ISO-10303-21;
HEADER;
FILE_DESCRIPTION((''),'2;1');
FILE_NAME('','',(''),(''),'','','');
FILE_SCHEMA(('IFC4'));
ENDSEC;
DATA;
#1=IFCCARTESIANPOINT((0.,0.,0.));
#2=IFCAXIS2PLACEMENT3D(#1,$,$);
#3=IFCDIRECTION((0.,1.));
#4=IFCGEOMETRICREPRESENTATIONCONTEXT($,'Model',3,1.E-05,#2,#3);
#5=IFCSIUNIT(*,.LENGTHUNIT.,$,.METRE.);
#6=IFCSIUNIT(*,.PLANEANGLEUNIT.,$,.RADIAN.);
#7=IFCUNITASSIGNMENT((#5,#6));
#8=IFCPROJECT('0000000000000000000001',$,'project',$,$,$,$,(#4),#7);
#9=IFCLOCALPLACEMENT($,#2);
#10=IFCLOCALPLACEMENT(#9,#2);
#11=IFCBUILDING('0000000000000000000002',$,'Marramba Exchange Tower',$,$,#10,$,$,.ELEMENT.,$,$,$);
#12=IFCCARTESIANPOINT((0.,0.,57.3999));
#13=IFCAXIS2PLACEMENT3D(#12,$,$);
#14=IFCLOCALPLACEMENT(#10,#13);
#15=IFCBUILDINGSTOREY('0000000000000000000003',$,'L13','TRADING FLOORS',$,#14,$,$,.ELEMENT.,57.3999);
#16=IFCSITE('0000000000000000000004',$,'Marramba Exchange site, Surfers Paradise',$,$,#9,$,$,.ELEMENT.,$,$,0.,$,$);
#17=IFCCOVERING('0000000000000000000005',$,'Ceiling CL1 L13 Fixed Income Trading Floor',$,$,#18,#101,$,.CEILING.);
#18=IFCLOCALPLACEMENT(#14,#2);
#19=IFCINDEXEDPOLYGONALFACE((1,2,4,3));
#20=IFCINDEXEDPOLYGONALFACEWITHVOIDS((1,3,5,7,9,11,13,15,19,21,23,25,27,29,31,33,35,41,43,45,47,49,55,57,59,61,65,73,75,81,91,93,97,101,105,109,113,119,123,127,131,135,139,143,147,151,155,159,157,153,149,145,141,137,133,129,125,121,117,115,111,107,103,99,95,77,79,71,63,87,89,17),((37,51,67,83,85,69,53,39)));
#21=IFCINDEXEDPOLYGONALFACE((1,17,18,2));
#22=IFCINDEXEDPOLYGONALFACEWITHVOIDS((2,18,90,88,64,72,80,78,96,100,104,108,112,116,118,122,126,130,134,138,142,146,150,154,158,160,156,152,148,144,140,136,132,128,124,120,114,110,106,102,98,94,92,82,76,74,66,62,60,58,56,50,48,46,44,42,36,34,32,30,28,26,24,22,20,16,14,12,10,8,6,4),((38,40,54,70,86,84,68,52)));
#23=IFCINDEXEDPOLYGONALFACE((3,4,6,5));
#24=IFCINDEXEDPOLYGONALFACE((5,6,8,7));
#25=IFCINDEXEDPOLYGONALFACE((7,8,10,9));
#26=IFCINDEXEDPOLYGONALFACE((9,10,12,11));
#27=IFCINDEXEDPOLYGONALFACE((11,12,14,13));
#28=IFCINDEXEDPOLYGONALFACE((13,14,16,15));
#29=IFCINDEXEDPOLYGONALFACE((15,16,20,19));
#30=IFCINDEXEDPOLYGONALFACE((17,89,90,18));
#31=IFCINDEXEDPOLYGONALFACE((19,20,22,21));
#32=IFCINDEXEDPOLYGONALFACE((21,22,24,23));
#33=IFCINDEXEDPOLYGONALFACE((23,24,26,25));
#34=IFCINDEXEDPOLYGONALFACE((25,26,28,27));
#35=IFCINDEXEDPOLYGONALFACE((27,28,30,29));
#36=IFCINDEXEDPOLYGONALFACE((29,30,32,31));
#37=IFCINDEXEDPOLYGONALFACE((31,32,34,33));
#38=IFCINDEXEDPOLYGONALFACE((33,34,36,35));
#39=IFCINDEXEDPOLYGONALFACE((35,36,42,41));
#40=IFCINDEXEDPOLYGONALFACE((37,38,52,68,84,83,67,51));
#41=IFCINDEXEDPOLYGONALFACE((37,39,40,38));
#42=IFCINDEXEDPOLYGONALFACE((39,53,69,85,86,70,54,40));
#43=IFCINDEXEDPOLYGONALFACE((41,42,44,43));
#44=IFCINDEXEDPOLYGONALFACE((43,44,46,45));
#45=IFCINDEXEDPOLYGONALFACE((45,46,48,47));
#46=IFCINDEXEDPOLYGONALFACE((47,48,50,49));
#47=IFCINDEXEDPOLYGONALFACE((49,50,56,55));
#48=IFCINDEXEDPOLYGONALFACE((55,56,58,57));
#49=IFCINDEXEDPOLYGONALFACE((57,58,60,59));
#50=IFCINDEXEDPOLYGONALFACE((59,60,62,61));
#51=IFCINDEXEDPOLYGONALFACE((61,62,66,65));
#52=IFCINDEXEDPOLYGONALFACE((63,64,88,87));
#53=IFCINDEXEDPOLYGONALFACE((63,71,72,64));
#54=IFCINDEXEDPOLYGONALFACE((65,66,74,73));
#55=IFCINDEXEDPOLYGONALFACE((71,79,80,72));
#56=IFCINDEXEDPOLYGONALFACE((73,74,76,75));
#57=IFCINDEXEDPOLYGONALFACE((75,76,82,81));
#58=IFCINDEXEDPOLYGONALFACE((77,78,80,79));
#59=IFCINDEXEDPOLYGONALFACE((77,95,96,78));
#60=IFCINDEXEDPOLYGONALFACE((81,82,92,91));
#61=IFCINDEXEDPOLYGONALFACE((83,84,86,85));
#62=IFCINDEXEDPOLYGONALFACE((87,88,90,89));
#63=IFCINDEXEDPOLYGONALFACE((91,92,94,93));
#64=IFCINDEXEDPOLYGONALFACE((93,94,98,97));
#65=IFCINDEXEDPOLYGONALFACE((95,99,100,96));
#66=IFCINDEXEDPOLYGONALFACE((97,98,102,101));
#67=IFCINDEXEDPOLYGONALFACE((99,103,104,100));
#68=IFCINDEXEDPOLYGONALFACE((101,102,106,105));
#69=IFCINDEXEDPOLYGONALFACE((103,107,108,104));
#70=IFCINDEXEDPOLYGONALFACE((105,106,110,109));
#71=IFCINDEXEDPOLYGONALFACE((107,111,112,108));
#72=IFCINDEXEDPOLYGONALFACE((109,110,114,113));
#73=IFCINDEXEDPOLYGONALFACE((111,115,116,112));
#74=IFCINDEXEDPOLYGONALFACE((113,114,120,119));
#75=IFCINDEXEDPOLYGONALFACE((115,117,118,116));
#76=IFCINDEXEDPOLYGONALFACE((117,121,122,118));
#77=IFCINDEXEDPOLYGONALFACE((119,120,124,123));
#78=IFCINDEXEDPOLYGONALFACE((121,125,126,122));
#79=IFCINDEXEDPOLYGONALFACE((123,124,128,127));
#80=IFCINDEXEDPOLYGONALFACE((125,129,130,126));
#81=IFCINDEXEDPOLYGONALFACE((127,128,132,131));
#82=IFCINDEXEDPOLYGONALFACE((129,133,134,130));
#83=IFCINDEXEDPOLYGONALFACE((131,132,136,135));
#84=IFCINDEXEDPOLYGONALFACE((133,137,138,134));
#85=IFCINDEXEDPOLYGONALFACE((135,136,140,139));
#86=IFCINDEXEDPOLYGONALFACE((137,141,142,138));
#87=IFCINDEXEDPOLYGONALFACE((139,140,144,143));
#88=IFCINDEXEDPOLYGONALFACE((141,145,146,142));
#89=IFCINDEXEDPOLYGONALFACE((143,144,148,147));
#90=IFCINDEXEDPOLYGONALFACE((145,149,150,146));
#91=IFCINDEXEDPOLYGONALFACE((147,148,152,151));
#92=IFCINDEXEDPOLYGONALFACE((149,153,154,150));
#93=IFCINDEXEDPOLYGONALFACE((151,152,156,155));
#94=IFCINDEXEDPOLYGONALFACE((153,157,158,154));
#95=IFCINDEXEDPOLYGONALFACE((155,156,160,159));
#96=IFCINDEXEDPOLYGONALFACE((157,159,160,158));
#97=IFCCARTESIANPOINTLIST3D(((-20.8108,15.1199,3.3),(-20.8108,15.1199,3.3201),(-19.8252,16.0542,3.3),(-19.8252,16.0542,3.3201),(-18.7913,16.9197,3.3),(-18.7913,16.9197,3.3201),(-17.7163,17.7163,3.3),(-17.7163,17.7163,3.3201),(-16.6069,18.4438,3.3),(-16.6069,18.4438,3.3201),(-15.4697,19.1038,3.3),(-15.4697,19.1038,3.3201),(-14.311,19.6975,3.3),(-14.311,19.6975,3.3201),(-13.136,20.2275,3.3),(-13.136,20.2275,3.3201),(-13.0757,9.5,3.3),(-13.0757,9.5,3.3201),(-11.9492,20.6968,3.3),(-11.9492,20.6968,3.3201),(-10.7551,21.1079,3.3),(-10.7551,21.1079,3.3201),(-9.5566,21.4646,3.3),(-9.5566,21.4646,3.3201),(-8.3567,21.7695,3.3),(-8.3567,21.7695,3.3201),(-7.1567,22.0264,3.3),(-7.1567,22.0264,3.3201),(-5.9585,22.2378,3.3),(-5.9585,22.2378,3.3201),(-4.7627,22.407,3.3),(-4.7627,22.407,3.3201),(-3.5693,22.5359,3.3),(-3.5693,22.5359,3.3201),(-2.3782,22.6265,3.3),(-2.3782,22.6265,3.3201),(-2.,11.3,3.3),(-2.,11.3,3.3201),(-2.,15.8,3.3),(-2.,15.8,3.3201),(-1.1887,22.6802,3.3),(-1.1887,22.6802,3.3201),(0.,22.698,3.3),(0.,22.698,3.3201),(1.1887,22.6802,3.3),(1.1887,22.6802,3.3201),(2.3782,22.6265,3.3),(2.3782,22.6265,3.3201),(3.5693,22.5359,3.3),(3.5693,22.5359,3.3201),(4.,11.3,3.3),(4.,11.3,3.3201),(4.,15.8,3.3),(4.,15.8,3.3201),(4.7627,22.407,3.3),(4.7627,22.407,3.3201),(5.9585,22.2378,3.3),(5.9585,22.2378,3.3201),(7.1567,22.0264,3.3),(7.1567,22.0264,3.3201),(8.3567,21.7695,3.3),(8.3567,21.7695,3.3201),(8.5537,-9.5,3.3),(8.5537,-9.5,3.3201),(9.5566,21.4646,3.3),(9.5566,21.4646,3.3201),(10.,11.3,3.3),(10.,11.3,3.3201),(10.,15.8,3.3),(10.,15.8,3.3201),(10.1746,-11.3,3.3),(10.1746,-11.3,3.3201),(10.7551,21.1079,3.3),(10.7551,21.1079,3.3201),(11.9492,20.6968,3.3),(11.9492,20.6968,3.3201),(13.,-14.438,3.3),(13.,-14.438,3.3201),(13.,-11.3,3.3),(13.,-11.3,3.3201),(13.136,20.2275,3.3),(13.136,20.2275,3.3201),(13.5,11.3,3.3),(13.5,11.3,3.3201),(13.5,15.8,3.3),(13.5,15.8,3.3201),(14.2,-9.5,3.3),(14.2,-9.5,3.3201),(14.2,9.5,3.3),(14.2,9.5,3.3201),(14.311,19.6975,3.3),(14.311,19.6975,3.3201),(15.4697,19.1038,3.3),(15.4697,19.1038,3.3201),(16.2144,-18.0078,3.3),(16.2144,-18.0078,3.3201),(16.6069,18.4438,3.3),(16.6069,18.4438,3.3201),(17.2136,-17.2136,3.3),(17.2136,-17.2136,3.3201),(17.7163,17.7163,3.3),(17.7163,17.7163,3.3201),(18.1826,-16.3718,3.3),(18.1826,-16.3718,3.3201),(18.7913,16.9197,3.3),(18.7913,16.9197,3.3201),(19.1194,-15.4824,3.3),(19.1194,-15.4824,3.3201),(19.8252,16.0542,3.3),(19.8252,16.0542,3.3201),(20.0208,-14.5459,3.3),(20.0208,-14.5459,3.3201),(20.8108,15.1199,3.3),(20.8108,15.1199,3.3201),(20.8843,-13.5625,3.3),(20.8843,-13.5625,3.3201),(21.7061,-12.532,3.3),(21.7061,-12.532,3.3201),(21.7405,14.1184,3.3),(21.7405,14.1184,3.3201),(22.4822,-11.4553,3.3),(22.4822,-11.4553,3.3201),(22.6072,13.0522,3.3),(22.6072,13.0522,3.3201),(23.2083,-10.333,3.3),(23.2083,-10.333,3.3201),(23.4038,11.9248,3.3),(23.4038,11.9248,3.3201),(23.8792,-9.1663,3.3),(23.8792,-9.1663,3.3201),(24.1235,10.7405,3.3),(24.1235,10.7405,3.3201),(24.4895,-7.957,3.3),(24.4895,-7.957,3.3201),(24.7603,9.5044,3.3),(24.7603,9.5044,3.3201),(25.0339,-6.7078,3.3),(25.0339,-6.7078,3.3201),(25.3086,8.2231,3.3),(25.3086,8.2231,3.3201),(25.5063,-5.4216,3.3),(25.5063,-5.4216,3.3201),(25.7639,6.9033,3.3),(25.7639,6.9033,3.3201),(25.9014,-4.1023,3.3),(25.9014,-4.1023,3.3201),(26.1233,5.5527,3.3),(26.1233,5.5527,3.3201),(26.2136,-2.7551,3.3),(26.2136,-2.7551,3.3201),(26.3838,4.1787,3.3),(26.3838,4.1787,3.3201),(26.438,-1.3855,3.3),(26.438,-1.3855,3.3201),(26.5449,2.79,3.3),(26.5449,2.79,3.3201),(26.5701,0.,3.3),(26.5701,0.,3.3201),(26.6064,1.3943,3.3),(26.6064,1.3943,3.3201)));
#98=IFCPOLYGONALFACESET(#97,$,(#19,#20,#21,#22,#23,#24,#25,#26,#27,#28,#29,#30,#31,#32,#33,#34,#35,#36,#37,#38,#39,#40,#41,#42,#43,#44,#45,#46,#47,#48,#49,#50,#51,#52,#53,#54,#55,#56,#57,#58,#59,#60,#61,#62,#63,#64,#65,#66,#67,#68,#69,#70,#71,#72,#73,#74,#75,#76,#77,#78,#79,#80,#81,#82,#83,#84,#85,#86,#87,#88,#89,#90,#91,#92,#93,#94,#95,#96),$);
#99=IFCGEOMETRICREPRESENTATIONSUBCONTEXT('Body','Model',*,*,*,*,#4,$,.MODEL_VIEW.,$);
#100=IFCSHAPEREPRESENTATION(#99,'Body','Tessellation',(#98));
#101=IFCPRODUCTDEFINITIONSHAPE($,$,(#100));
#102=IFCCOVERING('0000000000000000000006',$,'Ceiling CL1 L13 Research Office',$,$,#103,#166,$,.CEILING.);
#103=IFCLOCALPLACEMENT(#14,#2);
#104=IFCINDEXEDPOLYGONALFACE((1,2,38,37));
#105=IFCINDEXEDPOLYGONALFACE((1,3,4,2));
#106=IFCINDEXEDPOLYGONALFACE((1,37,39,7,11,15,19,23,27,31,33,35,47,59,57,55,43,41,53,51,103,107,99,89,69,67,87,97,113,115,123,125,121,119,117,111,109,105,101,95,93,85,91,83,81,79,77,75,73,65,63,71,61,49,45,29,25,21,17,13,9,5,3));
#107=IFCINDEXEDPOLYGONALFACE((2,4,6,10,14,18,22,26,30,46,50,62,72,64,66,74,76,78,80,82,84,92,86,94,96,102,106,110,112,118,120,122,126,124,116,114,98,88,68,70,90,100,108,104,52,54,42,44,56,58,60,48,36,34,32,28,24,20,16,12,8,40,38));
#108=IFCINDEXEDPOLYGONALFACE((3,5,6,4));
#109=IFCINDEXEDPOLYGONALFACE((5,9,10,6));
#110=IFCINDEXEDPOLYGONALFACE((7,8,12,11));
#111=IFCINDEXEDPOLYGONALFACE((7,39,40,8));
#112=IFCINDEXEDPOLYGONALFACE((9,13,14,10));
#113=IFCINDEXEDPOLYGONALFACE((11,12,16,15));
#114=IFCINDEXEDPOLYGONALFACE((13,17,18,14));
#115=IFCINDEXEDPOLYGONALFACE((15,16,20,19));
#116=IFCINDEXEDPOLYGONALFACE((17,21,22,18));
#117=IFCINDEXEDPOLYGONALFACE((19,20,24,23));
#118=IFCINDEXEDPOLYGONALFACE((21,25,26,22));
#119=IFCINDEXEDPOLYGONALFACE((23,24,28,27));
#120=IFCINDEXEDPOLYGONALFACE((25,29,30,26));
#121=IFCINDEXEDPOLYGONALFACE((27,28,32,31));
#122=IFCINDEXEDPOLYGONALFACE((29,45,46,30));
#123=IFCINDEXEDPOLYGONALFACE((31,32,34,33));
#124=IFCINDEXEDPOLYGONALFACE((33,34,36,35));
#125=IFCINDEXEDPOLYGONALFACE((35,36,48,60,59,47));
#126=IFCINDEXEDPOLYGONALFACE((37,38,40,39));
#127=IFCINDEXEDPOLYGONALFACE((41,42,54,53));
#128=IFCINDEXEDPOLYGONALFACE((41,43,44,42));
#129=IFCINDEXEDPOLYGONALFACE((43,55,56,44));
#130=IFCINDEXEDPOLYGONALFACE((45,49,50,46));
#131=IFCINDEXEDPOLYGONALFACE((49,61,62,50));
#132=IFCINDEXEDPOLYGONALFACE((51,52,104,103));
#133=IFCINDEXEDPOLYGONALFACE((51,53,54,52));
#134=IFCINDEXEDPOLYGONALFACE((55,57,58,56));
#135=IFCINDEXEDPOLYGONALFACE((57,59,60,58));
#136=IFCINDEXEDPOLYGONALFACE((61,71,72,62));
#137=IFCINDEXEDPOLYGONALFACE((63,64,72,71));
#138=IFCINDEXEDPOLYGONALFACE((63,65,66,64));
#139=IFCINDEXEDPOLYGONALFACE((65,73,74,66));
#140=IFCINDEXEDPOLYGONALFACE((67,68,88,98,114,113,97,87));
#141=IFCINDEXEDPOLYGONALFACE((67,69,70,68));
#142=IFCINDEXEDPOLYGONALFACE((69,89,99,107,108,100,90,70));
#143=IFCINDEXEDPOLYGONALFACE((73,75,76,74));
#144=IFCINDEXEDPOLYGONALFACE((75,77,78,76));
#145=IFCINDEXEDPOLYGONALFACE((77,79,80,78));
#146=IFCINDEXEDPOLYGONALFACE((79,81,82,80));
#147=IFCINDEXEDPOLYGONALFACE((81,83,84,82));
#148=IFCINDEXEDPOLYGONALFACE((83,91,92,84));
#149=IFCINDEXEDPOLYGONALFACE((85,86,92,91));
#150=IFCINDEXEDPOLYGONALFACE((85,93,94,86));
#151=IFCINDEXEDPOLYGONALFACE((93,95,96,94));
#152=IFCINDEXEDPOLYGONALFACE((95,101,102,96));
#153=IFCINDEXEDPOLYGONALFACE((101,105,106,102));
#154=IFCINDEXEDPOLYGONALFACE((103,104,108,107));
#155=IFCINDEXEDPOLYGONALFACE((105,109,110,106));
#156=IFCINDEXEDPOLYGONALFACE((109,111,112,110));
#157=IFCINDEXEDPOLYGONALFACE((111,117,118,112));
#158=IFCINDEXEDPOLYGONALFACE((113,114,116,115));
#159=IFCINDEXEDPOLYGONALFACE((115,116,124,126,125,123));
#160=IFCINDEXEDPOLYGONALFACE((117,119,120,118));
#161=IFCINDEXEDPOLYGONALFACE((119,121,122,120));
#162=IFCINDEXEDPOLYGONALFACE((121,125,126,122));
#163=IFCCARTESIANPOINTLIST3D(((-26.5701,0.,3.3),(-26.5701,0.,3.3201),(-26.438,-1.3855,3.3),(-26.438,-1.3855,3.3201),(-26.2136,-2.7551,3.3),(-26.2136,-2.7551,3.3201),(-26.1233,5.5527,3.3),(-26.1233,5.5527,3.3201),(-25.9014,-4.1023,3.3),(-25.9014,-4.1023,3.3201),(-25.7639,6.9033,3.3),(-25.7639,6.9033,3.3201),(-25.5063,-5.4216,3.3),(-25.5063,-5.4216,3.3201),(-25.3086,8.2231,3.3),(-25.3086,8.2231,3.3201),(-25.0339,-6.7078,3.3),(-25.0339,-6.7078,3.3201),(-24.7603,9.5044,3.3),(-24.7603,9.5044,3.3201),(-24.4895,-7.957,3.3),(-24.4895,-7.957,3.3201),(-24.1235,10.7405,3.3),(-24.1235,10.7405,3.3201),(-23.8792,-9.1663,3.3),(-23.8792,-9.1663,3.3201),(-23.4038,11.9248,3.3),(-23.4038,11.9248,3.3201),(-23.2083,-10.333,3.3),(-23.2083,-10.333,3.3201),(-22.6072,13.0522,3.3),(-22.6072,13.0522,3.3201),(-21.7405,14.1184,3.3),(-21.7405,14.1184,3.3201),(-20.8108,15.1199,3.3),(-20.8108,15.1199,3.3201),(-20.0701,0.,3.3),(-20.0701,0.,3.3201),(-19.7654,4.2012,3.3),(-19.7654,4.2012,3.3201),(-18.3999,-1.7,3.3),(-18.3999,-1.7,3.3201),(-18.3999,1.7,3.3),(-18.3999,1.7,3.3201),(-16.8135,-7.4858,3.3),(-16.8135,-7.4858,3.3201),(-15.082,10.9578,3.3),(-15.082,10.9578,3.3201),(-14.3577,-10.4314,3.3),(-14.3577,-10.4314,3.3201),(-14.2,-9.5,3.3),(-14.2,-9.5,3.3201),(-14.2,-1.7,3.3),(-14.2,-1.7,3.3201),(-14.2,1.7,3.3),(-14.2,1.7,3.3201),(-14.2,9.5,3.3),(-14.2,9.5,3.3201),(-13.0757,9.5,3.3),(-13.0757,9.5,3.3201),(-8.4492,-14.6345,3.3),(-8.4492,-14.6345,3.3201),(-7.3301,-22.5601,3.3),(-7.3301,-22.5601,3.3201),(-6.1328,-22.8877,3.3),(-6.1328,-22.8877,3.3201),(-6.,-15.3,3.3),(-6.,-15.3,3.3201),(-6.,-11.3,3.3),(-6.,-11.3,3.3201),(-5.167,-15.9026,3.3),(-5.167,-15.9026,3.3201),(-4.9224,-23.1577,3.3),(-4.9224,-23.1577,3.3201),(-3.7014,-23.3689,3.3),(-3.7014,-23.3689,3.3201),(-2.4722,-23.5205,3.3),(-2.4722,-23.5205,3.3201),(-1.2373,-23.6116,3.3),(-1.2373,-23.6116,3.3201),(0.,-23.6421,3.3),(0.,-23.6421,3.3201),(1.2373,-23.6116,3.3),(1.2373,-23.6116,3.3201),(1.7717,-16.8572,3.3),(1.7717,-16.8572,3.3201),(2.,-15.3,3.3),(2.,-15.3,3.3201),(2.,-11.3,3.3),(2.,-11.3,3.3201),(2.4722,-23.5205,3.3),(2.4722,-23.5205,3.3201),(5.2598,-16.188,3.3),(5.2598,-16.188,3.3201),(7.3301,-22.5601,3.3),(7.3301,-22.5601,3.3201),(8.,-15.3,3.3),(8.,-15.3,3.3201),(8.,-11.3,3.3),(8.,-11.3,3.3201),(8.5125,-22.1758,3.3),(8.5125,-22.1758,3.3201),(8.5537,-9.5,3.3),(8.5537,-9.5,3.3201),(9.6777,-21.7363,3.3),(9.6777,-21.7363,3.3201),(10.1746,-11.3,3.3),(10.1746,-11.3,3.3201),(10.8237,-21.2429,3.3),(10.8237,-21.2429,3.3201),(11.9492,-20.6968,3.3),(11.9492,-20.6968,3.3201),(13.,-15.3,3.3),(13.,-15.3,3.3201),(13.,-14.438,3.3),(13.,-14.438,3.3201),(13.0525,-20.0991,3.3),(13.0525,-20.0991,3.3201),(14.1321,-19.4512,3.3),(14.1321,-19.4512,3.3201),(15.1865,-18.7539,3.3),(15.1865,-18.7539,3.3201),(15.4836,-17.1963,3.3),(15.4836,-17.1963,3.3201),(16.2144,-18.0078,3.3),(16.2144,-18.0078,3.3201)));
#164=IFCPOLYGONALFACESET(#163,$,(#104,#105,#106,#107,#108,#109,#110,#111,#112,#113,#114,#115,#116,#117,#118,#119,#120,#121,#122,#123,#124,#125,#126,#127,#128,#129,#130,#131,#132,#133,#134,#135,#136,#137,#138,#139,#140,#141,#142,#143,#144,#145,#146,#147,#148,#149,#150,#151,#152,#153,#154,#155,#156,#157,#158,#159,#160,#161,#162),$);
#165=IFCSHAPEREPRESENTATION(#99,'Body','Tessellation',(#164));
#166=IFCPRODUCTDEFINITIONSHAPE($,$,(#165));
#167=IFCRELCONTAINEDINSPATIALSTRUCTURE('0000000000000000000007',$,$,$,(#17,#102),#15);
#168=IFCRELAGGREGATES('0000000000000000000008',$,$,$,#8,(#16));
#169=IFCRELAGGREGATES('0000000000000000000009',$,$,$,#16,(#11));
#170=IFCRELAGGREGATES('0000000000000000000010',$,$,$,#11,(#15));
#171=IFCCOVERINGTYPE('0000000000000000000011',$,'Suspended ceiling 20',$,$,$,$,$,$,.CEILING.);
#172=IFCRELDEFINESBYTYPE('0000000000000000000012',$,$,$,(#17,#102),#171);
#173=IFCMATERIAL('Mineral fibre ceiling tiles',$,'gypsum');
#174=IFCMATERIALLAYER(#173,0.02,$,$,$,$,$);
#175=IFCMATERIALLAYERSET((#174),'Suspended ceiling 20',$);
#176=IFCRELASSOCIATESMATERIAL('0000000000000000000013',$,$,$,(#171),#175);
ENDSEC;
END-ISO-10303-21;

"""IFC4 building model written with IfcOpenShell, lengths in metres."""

from ifc_helpers import new_model, si_unit, direction, frame, origin, place, context, subcontext, project, spatial, polyline, outline, extrude, material, layer, layer_set, type_object, element, save


model = new_model("IFC4")

# Units and contexts
model_context = context("Model", 3, precision=1e-05, world=origin(), true_north=direction((0.0, 1.0)))
body_context = subcontext(model_context, "Body", "Model", "MODEL_VIEW")
ifc_project = project(units=[si_unit("LENGTHUNIT", "METRE"), si_unit("PLANEANGLEUNIT", "RADIAN")], contexts=[model_context])

# Site, building, storey
site_placement = place(None, origin())
site = spatial("IfcSite", under=ifc_project, at=site_placement, Name="Marramba Exchange site, Surfers Paradise", CompositionType="ELEMENT", RefElevation=0.0)
building_placement = place(site_placement, origin())
building = spatial("IfcBuilding", under=site, at=building_placement, Name="Marramba Exchange Tower", CompositionType="ELEMENT")
storey_placement = place(building_placement, frame((0.0, 0.0, 57.3999)))
storey = spatial("IfcBuildingStorey", under=building, at=storey_placement, Name="L13", Description="TRADING FLOORS", CompositionType="ELEMENT", Elevation=57.3999)

# Coverings
ifc_material_1 = material(Name="Mineral fibre ceiling tiles", Category="gypsum")
ifc_layer_1 = layer(ifc_material_1, 0.02)
ifc_layer_set_1 = layer_set([ifc_layer_1], Name="Suspended ceiling 20")
covering_type_1 = type_object("IfcCoveringType", Name="Suspended ceiling 20", PredefinedType="CEILING", material=ifc_layer_set_1)
covering_1_placement = place(storey_placement, frame((0.0, 0.0, 3.3)))
element("IfcCovering", 1, at=covering_1_placement, inside=storey, type_object=covering_type_1, Name="Ceiling CL1 L13 Fixed Income Trading Floor", PredefinedType="CEILING", context=body_context, shape_type="SweptSolid", body=[
    extrude(outline(polyline([(14.2, 9.5), (-13.0757, 9.5), (-20.8108, 15.1199), (-19.8252, 16.0542), (-18.7913, 16.9197), (-17.7163, 17.7163), (-16.6069, 18.4438), (-15.4697, 19.1038), (-14.311, 19.6975), (-13.136, 20.2275), (-11.9492, 20.6968), (-10.7551, 21.1079), (-9.5566, 21.4646), (-8.3567, 21.7695), (-7.1567, 22.0264), (-5.9585, 22.2378), (-4.7627, 22.407), (-3.5693, 22.5359), (-2.3782, 22.6265), (-1.1887, 22.6802), (0.0, 22.698), (1.1887, 22.6802), (2.3782, 22.6265), (3.5693, 22.5359), (4.7627, 22.407), (5.9585, 22.2378), (7.1567, 22.0264), (8.3567, 21.7695), (9.5566, 21.4646), (10.7551, 21.1079), (11.9492, 20.6968), (13.136, 20.2275), (14.311, 19.6975), (15.4697, 19.1038), (16.6069, 18.4438), (17.7163, 17.7163), (18.7913, 16.9197), (19.8252, 16.0542), (20.8108, 15.1199), (21.7405, 14.1184), (22.6072, 13.0522), (23.4038, 11.9248), (24.1235, 10.7405), (24.7603, 9.5044), (25.3086, 8.2231), (25.7639, 6.9033), (26.1233, 5.5527), (26.3838, 4.1787), (26.5449, 2.79), (26.6064, 1.3943), (26.5701, 0.0), (26.438, -1.3855), (26.2136, -2.7551), (25.9014, -4.1023), (25.5063, -5.4216), (25.0339, -6.7078), (24.4895, -7.957), (23.8792, -9.1663), (23.2083, -10.333), (22.4822, -11.4553), (21.7061, -12.532), (20.8843, -13.5625), (20.0208, -14.5459), (19.1194, -15.4824), (18.1826, -16.3718), (17.2136, -17.2136), (16.2144, -18.0078), (13.0, -14.438), (13.0, -11.3), (10.1746, -11.3), (8.5537, -9.5), (14.2, -9.5), (14.2, 9.5)]), holes=[polyline([(-2.0, 11.3), (4.0, 11.3), (10.0, 11.3), (13.5, 11.3), (13.5, 15.8), (10.0, 15.8), (4.0, 15.8), (-2.0, 15.8), (-2.0, 11.3)])]), origin(), (0.0, 0.0, 1.0), 0.02),
])
covering_2_placement = place(storey_placement, frame((0.0, 0.0, 3.3)))
element("IfcCovering", 2, at=covering_2_placement, inside=storey, type_object=covering_type_1, Name="Ceiling CL1 L13 Research Office", PredefinedType="CEILING", context=body_context, shape_type="SweptSolid", body=[
    extrude(outline(polyline([(-14.2, 1.7), (-18.3999, 1.7), (-18.3999, -1.7), (-14.2, -1.7), (-14.2, -9.5), (8.5537, -9.5), (10.1746, -11.3), (8.0, -11.3), (2.0, -11.3), (-6.0, -11.3), (-6.0, -15.3), (2.0, -15.3), (8.0, -15.3), (13.0, -15.3), (13.0, -14.438), (15.4836, -17.1963), (16.2144, -18.0078), (15.1865, -18.7539), (14.1321, -19.4512), (13.0525, -20.0991), (11.9492, -20.6968), (10.8237, -21.2429), (9.6777, -21.7363), (8.5125, -22.1758), (7.3301, -22.5601), (5.2598, -16.188), (1.7717, -16.8572), (2.4722, -23.5205), (1.2373, -23.6116), (0.0, -23.6421), (-1.2373, -23.6116), (-2.4722, -23.5205), (-3.7014, -23.3689), (-4.9224, -23.1577), (-6.1328, -22.8877), (-7.3301, -22.5601), (-5.167, -15.9026), (-8.4492, -14.6345), (-14.3577, -10.4314), (-16.8135, -7.4858), (-23.2083, -10.333), (-23.8792, -9.1663), (-24.4895, -7.957), (-25.0339, -6.7078), (-25.5063, -5.4216), (-25.9014, -4.1023), (-26.2136, -2.7551), (-26.438, -1.3855), (-26.5701, 0.0), (-20.0701, 0.0), (-19.7654, 4.2012), (-26.1233, 5.5527), (-25.7639, 6.9033), (-25.3086, 8.2231), (-24.7603, 9.5044), (-24.1235, 10.7405), (-23.4038, 11.9248), (-22.6072, 13.0522), (-21.7405, 14.1184), (-20.8108, 15.1199), (-15.082, 10.9578), (-13.0757, 9.5), (-14.2, 9.5), (-14.2, 1.7)])), origin(), (0.0, 0.0, 1.0), 0.02),
])

save(model, "model.ifc")
